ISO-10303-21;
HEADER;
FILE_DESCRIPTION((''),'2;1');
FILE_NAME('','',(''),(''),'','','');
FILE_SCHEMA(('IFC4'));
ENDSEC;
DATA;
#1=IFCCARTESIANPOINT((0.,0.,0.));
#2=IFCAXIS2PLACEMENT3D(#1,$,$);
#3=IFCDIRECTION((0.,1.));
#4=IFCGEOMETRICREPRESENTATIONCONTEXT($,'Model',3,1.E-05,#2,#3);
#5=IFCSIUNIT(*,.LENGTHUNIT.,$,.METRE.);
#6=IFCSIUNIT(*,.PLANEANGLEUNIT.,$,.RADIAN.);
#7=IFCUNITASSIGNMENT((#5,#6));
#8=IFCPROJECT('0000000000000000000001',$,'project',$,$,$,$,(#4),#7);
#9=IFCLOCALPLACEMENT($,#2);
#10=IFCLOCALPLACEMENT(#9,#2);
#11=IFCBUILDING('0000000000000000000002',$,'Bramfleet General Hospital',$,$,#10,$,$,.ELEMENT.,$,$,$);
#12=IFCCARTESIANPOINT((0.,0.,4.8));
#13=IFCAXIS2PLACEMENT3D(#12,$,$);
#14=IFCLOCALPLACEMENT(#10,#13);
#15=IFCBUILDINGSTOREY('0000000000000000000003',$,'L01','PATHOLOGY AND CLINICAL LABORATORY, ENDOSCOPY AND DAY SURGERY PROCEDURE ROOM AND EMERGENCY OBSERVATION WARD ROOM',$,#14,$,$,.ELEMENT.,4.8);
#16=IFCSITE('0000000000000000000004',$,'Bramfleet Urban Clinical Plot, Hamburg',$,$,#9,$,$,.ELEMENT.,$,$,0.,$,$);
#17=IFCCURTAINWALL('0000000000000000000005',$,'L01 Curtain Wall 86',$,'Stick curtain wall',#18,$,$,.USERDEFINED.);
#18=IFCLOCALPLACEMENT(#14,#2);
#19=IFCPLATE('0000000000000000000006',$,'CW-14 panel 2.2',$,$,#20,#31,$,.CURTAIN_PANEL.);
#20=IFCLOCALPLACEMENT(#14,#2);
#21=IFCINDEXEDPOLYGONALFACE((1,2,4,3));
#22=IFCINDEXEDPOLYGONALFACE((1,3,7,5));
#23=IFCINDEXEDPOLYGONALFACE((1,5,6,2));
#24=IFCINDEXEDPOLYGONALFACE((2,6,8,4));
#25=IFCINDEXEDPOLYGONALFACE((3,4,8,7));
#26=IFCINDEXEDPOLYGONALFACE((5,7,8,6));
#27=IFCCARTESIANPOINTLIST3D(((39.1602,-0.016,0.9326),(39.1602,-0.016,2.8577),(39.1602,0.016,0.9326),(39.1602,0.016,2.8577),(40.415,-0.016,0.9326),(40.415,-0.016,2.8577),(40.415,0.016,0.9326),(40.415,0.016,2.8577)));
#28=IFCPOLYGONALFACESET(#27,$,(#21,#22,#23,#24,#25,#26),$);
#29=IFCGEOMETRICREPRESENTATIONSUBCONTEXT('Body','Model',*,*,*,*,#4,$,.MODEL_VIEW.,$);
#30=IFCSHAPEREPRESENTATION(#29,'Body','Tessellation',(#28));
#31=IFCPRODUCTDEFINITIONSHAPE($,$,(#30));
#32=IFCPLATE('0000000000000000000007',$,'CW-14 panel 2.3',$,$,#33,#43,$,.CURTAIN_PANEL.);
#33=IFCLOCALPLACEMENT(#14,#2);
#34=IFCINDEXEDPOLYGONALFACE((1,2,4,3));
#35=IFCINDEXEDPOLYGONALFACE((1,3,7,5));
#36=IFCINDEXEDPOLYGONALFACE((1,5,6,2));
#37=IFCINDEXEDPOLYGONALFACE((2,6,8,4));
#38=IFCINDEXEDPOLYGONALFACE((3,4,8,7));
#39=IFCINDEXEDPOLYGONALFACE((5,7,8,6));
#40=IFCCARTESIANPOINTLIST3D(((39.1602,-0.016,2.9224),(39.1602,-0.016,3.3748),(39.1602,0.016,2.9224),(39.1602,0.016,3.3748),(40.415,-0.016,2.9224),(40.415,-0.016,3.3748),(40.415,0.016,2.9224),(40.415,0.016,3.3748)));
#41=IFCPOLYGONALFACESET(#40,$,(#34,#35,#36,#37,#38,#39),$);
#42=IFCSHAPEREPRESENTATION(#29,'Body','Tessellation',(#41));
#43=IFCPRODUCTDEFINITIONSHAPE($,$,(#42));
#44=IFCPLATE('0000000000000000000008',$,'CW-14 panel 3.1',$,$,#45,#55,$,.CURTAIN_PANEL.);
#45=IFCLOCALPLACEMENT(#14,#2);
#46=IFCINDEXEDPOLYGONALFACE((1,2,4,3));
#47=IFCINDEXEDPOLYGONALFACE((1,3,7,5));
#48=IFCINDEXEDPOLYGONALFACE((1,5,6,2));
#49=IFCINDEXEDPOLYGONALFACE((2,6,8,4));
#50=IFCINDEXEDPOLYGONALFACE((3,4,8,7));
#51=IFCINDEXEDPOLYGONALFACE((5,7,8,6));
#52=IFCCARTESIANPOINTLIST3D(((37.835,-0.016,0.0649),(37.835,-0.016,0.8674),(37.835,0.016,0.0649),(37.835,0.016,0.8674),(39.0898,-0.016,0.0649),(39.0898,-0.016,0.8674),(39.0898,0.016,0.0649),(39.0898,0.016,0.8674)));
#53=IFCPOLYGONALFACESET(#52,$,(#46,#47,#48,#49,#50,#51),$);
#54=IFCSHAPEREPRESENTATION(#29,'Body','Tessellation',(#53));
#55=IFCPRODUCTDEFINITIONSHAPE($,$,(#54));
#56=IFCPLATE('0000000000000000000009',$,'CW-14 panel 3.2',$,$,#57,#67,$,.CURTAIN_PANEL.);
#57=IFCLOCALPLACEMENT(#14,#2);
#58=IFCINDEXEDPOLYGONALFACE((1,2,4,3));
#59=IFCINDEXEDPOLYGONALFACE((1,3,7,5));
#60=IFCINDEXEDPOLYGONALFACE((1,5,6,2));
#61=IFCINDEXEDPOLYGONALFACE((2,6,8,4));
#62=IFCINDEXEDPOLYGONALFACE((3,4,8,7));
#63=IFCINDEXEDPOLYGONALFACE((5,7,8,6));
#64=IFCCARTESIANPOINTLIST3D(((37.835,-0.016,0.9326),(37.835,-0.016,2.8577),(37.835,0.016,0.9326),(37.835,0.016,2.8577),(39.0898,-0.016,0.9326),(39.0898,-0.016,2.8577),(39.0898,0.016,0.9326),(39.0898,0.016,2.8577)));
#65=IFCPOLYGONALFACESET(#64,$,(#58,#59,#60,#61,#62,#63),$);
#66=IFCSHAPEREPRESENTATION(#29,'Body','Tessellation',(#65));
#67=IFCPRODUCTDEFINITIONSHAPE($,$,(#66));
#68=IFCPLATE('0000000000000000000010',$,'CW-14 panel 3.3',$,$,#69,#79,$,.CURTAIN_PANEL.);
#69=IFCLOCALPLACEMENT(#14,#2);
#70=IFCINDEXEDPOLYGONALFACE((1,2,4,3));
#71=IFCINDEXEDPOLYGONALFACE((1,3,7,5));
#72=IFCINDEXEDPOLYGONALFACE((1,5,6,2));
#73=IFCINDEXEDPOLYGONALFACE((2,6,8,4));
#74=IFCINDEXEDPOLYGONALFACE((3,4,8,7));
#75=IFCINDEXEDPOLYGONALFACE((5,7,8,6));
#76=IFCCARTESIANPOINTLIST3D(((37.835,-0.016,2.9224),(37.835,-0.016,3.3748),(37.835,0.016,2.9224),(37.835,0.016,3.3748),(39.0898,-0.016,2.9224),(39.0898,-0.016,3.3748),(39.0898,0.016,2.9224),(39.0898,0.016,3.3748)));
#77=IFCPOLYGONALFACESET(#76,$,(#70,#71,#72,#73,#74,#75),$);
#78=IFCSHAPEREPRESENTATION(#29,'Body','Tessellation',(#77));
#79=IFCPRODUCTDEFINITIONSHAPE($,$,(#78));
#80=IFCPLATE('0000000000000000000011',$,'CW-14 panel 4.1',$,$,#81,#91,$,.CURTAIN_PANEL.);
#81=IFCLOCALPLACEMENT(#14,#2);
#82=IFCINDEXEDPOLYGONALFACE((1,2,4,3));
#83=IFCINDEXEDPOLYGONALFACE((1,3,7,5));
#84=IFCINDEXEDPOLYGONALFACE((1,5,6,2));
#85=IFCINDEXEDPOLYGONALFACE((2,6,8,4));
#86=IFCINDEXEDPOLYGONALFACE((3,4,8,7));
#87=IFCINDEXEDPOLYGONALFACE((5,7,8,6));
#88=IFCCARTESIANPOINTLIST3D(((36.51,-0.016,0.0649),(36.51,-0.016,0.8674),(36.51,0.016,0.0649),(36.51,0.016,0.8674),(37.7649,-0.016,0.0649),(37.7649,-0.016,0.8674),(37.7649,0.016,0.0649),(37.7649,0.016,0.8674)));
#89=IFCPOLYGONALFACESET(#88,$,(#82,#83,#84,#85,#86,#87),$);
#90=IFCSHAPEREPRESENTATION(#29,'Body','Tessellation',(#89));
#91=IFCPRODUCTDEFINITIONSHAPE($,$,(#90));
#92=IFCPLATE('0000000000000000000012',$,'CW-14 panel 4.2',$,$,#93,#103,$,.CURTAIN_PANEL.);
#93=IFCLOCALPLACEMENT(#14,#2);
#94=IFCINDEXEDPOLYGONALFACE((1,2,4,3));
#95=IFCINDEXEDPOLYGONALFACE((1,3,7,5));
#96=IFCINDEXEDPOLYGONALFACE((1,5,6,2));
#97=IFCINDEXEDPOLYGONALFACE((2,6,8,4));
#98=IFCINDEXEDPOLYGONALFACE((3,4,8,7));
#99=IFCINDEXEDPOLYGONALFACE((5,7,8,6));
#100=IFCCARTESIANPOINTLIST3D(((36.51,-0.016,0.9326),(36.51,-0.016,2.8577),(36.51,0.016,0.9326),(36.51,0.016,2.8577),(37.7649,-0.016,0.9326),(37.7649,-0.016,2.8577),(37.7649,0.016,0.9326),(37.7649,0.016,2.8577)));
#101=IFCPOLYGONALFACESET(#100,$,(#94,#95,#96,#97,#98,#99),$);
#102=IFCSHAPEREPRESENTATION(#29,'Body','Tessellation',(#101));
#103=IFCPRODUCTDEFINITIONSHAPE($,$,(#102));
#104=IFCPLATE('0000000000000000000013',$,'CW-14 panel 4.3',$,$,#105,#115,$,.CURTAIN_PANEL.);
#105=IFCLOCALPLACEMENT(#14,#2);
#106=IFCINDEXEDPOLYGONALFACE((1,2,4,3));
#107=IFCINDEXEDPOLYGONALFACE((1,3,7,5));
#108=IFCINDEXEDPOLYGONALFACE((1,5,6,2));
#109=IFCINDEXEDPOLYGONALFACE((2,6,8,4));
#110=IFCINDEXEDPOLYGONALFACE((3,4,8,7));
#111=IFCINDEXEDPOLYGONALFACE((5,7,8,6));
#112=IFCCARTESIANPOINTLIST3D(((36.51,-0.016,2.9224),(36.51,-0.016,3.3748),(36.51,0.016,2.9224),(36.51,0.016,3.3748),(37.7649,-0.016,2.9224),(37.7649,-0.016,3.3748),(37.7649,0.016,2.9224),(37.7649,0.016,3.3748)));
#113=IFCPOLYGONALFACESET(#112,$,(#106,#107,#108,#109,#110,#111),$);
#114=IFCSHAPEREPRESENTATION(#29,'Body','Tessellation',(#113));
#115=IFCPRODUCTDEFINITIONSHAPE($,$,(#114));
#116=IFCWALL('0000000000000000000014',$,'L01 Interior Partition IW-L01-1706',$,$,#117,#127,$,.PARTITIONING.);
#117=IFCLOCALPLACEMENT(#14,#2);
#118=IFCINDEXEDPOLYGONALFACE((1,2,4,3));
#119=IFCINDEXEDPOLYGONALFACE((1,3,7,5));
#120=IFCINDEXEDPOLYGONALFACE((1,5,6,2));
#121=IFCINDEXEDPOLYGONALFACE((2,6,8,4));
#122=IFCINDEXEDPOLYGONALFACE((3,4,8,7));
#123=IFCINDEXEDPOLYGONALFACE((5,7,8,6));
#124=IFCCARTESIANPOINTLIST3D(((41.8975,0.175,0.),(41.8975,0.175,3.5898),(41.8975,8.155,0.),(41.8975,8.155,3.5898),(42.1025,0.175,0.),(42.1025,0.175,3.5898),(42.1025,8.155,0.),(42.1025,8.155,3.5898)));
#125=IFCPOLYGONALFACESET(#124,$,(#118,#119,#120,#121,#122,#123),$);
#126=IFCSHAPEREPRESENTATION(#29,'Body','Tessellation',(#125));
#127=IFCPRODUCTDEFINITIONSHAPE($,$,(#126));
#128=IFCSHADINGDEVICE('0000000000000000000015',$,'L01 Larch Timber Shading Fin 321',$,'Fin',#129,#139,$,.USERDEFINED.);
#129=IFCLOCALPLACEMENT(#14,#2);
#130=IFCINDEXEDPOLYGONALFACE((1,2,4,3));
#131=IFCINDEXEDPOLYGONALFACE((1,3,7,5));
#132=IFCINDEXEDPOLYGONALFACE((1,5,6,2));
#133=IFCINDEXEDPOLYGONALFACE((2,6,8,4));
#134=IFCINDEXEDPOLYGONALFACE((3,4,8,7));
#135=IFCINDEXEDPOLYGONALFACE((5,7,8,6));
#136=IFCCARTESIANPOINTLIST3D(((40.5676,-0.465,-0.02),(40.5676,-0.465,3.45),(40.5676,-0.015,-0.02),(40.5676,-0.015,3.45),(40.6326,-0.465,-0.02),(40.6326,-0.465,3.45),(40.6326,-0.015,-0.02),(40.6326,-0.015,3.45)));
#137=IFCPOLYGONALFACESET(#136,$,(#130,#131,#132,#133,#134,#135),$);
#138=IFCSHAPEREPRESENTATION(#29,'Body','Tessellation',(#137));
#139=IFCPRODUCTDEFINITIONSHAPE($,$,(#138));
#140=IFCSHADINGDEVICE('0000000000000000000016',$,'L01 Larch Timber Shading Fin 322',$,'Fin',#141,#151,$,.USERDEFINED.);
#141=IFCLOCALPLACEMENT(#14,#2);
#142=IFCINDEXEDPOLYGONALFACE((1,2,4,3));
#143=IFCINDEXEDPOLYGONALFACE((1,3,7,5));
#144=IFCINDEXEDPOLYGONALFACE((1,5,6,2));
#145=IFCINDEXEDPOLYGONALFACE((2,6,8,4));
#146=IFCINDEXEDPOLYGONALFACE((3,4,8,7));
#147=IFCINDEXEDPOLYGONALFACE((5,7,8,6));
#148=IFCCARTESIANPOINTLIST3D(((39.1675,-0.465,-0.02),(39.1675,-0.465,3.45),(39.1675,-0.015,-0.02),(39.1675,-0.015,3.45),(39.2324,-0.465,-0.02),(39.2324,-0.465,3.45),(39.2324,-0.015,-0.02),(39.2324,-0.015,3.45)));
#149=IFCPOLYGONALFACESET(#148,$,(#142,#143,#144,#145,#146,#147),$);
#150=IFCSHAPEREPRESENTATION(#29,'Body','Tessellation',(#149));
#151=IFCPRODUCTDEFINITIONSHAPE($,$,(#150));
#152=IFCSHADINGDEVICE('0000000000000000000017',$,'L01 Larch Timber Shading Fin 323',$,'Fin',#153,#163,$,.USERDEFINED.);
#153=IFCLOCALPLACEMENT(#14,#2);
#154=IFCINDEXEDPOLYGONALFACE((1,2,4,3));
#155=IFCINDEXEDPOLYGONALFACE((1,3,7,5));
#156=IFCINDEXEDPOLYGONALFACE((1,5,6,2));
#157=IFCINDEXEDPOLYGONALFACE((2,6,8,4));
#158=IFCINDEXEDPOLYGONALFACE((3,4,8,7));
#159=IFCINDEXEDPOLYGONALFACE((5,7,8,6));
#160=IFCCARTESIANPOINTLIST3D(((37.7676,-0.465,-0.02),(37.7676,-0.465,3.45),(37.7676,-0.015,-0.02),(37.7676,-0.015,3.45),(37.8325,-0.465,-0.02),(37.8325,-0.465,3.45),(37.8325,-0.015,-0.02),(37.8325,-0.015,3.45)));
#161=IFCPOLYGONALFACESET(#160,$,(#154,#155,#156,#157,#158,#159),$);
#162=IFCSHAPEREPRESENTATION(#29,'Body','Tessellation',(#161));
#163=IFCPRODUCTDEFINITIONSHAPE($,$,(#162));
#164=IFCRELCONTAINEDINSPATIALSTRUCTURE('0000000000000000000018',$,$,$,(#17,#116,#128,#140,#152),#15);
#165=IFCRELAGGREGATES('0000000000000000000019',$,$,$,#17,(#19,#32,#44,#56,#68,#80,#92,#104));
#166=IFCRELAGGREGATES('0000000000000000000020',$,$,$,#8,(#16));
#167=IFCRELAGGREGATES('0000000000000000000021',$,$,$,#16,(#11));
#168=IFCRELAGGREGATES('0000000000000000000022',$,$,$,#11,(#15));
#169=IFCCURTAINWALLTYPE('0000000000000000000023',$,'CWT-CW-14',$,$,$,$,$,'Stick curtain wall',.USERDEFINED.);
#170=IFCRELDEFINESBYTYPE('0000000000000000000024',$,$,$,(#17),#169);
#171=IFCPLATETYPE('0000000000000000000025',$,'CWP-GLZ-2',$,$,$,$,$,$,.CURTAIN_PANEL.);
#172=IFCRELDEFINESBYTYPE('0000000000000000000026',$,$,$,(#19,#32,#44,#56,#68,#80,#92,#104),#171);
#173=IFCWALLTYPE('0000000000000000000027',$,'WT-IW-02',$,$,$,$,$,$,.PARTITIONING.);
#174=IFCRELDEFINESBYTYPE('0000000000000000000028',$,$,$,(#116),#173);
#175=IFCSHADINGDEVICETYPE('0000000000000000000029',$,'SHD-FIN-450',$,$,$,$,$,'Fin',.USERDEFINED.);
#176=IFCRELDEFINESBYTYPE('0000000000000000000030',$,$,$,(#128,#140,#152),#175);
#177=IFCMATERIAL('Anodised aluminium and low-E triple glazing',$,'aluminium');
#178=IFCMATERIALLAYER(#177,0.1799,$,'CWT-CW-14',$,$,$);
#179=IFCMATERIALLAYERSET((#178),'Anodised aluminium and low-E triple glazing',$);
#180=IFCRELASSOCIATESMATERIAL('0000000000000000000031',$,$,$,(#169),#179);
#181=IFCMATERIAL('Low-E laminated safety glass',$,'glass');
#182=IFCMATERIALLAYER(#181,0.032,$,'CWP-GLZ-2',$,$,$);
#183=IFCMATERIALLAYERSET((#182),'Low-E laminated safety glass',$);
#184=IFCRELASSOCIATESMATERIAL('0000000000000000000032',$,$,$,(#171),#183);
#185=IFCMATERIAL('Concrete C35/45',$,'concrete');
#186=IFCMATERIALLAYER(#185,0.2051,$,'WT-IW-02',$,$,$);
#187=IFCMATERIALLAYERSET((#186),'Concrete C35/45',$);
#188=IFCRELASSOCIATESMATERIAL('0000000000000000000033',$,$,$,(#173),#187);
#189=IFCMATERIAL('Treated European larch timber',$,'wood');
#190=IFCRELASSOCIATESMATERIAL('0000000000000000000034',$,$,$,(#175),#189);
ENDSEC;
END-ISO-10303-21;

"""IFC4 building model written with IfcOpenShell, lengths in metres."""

from ifc_helpers import new_model, si_unit, direction, frame, frame_2d, origin, origin_2d, place, context, subcontext, project, spatial, rectangle, extrude, material, layer, layer_set, material_profile, profile_set, type_object, element, aggregate, save


model = new_model("IFC4")

# Units and contexts
model_context = context("Model", 3, precision=1e-05, world=origin(), true_north=direction((0.0, 1.0)))
body_context = subcontext(model_context, "Body", "Model", "MODEL_VIEW")
ifc_project = project(units=[si_unit("LENGTHUNIT", "METRE"), si_unit("PLANEANGLEUNIT", "RADIAN")], contexts=[model_context])

# Site, building, storey
site_placement = place(None, origin())
site = spatial("IfcSite", under=ifc_project, at=site_placement, Name="Bramfleet Urban Clinical Plot, Hamburg", CompositionType="ELEMENT", RefElevation=0.0)
building_placement = place(site_placement, origin())
building = spatial("IfcBuilding", under=site, at=building_placement, Name="Bramfleet General Hospital", CompositionType="ELEMENT")
storey_placement = place(building_placement, frame((0.0, 0.0, 4.8)))
storey = spatial("IfcBuildingStorey", under=building, at=storey_placement, Name="L01", Description="PATHOLOGY AND CLINICAL LABORATORY, ENDOSCOPY AND DAY SURGERY PROCEDURE ROOM AND EMERGENCY OBSERVATION WARD ROOM", CompositionType="ELEMENT", Elevation=4.8)

# Shared definitions
ifc_material_1 = material(Name="Concrete C35/45", Category="concrete")

# Curtain wall, plates
ifc_material_2 = material(Name="Anodised aluminium and low-E triple glazing", Category="aluminium")
ifc_layer_1 = layer(ifc_material_2, 0.1799, Name="CWT-CW-14")
ifc_layer_set_1 = layer_set([ifc_layer_1], Name="Anodised aluminium and low-E triple glazing")
curtain_wall_type = type_object("IfcCurtainWallType", Name="CWT-CW-14", ElementType="Stick curtain wall", PredefinedType="USERDEFINED", material=ifc_layer_set_1)
curtain_wall_placement = place(storey_placement, origin())
curtain_wall = element("IfcCurtainWall", 1, at=curtain_wall_placement, inside=storey, type_object=curtain_wall_type, Name="L01 Curtain Wall 86", ObjectType="Stick curtain wall", PredefinedType="USERDEFINED")
ifc_material_3 = material(Name="Low-E laminated safety glass", Category="glass")
ifc_layer_2 = layer(ifc_material_3, 0.032, Name="CWP-GLZ-2")
ifc_layer_set_2 = layer_set([ifc_layer_2], Name="Low-E laminated safety glass")
plate_type = type_object("IfcPlateType", Name="CWP-GLZ-2", PredefinedType="CURTAIN_PANEL", material=ifc_layer_set_2)
plate_1_placement = place(storey_placement, frame((39.7876, 0.0, 0.9326), z_axis=(0.0, 0.0, 1.0), x_axis=(-1.0, 0.0, 0.0)))
plate_1 = element("IfcPlate", 2, at=plate_1_placement, type_object=plate_type, Name="CW-14 panel 2.2", PredefinedType="CURTAIN_PANEL", context=body_context, shape_type="SweptSolid", body=[
    extrude(rectangle(XDim=1.2549, YDim=0.032, at=origin_2d()), origin(), (0.0, 0.0, 1.0), 1.925),
])
plate_2_placement = place(storey_placement, frame((39.7876, 0.0, 2.9224), z_axis=(0.0, 0.0, 1.0), x_axis=(-1.0, 0.0, 0.0)))
plate_2 = element("IfcPlate", 3, at=plate_2_placement, type_object=plate_type, Name="CW-14 panel 2.3", PredefinedType="CURTAIN_PANEL", context=body_context, shape_type="SweptSolid", body=[
    extrude(rectangle(XDim=1.2549, YDim=0.032, at=origin_2d()), origin(), (0.0, 0.0, 1.0), 0.4524),
])
plate_3_placement = place(storey_placement, frame((38.4624, 0.0, 0.0649), z_axis=(0.0, 0.0, 1.0), x_axis=(-1.0, 0.0, 0.0)))
plate_3 = element("IfcPlate", 4, at=plate_3_placement, type_object=plate_type, Name="CW-14 panel 3.1", PredefinedType="CURTAIN_PANEL", context=body_context, shape_type="SweptSolid", body=[
    extrude(rectangle(XDim=1.2549, YDim=0.032, at=origin_2d()), origin(), (0.0, 0.0, 1.0), 0.8025),
])
plate_4_placement = place(storey_placement, frame((38.4624, 0.0, 0.9326), z_axis=(0.0, 0.0, 1.0), x_axis=(-1.0, 0.0, 0.0)))
plate_4 = element("IfcPlate", 5, at=plate_4_placement, type_object=plate_type, Name="CW-14 panel 3.2", PredefinedType="CURTAIN_PANEL", context=body_context, shape_type="SweptSolid", body=[
    extrude(rectangle(XDim=1.2549, YDim=0.032, at=origin_2d()), origin(), (0.0, 0.0, 1.0), 1.925),
])
plate_5_placement = place(storey_placement, frame((38.4624, 0.0, 2.9224), z_axis=(0.0, 0.0, 1.0), x_axis=(-1.0, 0.0, 0.0)))
plate_5 = element("IfcPlate", 6, at=plate_5_placement, type_object=plate_type, Name="CW-14 panel 3.3", PredefinedType="CURTAIN_PANEL", context=body_context, shape_type="SweptSolid", body=[
    extrude(rectangle(XDim=1.2549, YDim=0.032, at=origin_2d()), origin(), (0.0, 0.0, 1.0), 0.4524),
])
plate_6_placement = place(storey_placement, frame((37.1375, 0.0, 0.0649), z_axis=(0.0, 0.0, 1.0), x_axis=(-1.0, 0.0, 0.0)))
plate_6 = element("IfcPlate", 7, at=plate_6_placement, type_object=plate_type, Name="CW-14 panel 4.1", PredefinedType="CURTAIN_PANEL", context=body_context, shape_type="SweptSolid", body=[
    extrude(rectangle(XDim=1.2549, YDim=0.032, at=origin_2d()), origin(), (0.0, 0.0, 1.0), 0.8025),
])
plate_7_placement = place(storey_placement, frame((37.1375, 0.0, 0.9326), z_axis=(0.0, 0.0, 1.0), x_axis=(-1.0, 0.0, 0.0)))
plate_7 = element("IfcPlate", 8, at=plate_7_placement, type_object=plate_type, Name="CW-14 panel 4.2", PredefinedType="CURTAIN_PANEL", context=body_context, shape_type="SweptSolid", body=[
    extrude(rectangle(XDim=1.2549, YDim=0.032, at=origin_2d()), origin(), (0.0, 0.0, 1.0), 1.925),
])
plate_8_placement = place(storey_placement, frame((37.1375, 0.0, 2.9224), z_axis=(0.0, 0.0, 1.0), x_axis=(-1.0, 0.0, 0.0)))
plate_8 = element("IfcPlate", 9, at=plate_8_placement, type_object=plate_type, Name="CW-14 panel 4.3", PredefinedType="CURTAIN_PANEL", context=body_context, shape_type="SweptSolid", body=[
    extrude(rectangle(XDim=1.2549, YDim=0.032, at=origin_2d()), origin(), (0.0, 0.0, 1.0), 0.4524),
])
aggregate(curtain_wall, [plate_1, plate_2, plate_3, plate_4, plate_5, plate_6, plate_7, plate_8])

# Wall
ifc_layer_3 = layer(ifc_material_1, 0.2051, Name="WT-IW-02")
ifc_layer_set_3 = layer_set([ifc_layer_3], Name="Concrete C35/45")
wall_type = type_object("IfcWallType", Name="WT-IW-02", PredefinedType="PARTITIONING", material=ifc_layer_set_3)
wall_placement = place(storey_placement, frame((42.0, 0.175, 0.0), z_axis=(0.0, 0.0, 1.0), x_axis=(0.0, 1.0, 0.0)))
element("IfcWall", 10, at=wall_placement, inside=storey, type_object=wall_type, Name="L01 Interior Partition IW-L01-1706", PredefinedType="PARTITIONING", context=body_context, shape_type="SweptSolid", body=[
    extrude(rectangle(XDim=7.98, YDim=0.2051, at=frame_2d((3.99, 0.0))), origin(), (0.0, 0.0, 1.0), 3.5898),
])

# Shading devices
ifc_material_4 = material(Name="Treated European larch timber", Category="wood")
ifc_material_profile_1 = material_profile(ifc_material_4, rectangle(XDim=0.0649, YDim=0.45, at=origin_2d()), Name="LARCH FIN 450x65")
ifc_profile_set_1 = profile_set([ifc_material_profile_1], Name="Treated European larch timber")
shading_device_type = type_object("IfcShadingDeviceType", Name="SHD-FIN-450", ElementType="Fin", PredefinedType="USERDEFINED", material=ifc_profile_set_1)
for number, where, z_axis, x_axis, name in (
    (11, (40.6001, -0.24, -0.02), (0.0, 0.0, 1.0), (-1.0, 0.0, 0.0), "L01 Larch Timber Shading Fin 321"),
    (12, (39.2, -0.24, -0.02), (0.0, 0.0, 1.0), (-1.0, 0.0, 0.0), "L01 Larch Timber Shading Fin 322"),
    (13, (37.8, -0.24, -0.02), (0.0, 0.0, 1.0), (-1.0, 0.0, 0.0), "L01 Larch Timber Shading Fin 323"),
):
    element("IfcShadingDevice", number, at=place(storey_placement, frame(where, z_axis=z_axis, x_axis=x_axis)), inside=storey, type_object=shading_device_type, Name=name, ObjectType="Fin", PredefinedType="USERDEFINED", context=body_context, shape_type="SweptSolid", body=[
        extrude(rectangle(XDim=0.0649, YDim=0.45, at=origin_2d()), origin(), (0.0, 0.0, 1.0), 3.47),
    ])

save(model, "model.ifc")
